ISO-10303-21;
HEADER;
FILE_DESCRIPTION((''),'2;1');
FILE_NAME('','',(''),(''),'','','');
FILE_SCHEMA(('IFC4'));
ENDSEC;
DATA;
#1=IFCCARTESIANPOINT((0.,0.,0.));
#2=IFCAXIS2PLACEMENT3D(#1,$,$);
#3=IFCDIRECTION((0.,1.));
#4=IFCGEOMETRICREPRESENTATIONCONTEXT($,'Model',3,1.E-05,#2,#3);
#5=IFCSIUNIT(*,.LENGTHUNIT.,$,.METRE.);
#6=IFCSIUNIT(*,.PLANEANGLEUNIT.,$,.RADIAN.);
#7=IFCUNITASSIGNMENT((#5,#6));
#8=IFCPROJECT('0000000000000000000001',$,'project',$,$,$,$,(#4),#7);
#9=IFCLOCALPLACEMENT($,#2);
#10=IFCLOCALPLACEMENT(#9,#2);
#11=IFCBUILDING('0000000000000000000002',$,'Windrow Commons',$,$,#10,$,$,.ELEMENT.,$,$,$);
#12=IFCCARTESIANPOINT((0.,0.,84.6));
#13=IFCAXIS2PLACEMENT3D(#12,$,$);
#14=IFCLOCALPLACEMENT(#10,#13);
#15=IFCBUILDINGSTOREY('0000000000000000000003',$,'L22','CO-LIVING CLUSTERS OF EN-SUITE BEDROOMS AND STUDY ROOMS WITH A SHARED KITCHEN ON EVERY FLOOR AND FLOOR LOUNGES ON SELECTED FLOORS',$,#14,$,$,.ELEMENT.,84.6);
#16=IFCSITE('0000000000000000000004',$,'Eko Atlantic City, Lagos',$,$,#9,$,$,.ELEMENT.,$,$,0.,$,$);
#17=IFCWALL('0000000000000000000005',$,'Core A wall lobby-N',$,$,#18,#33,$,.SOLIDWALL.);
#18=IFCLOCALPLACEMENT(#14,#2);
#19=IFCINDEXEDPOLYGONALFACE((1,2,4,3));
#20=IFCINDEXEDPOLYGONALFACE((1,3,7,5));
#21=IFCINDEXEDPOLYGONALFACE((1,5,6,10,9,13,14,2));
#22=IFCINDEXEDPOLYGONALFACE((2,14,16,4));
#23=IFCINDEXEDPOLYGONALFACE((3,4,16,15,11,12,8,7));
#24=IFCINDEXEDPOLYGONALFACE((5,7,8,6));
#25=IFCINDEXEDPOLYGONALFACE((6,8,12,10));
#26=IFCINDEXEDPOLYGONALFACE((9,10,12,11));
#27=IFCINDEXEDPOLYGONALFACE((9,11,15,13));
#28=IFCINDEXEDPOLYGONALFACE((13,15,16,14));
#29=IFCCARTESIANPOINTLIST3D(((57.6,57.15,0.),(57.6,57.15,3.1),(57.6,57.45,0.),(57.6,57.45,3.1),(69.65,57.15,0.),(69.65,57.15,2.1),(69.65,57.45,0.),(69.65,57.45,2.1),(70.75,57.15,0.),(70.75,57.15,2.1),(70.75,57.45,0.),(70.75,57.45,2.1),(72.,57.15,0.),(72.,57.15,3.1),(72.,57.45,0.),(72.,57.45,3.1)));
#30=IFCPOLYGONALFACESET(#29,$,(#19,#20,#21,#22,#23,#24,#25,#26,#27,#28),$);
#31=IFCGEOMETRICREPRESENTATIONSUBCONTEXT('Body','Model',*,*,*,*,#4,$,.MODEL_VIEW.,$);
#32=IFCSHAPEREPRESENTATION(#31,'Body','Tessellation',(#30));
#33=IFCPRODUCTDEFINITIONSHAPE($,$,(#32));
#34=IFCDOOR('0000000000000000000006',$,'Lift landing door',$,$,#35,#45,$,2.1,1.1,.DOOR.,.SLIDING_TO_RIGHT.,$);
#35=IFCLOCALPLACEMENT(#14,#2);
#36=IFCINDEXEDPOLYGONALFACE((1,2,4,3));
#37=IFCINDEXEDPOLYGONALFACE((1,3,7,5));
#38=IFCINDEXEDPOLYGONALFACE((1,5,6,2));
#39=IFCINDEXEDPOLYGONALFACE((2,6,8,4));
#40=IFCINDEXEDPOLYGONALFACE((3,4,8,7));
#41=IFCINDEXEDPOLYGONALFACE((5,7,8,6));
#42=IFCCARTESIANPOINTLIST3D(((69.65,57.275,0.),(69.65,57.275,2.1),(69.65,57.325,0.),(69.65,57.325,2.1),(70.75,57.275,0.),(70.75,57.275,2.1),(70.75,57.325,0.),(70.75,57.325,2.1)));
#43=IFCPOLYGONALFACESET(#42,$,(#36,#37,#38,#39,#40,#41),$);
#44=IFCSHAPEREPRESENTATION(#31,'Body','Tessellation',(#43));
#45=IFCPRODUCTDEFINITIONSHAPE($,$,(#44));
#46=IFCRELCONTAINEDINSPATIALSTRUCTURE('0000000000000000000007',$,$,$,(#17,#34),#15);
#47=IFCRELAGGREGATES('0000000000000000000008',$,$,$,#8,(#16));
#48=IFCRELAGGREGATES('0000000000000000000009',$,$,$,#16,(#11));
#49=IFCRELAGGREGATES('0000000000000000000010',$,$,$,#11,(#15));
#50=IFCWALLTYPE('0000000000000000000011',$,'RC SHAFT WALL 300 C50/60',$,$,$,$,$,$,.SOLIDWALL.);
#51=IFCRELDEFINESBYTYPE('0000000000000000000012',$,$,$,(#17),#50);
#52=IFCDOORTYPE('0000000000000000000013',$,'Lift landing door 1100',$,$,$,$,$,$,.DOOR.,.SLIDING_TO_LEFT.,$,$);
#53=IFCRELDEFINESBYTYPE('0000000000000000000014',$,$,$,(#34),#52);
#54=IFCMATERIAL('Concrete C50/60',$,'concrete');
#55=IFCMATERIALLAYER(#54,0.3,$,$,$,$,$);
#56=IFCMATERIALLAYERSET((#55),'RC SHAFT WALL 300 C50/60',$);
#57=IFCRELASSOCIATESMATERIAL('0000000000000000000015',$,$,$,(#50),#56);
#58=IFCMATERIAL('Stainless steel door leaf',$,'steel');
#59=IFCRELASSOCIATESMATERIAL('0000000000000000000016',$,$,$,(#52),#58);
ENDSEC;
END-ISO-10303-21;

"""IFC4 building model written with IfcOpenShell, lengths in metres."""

from ifc_helpers import new_model, si_unit, direction, frame, frame_2d, origin, place, context, subcontext, project, spatial, rectangle, extrude, material, layer, layer_set, type_object, element, fill, save


model = new_model("IFC4")

# Units and contexts
model_context = context("Model", 3, precision=1e-05, world=origin(), true_north=direction((0.0, 1.0)))
body_context = subcontext(model_context, "Body", "Model", "MODEL_VIEW")
ifc_project = project(units=[si_unit("LENGTHUNIT", "METRE"), si_unit("PLANEANGLEUNIT", "RADIAN")], contexts=[model_context])

# Site, building, storey
site_placement = place(None, origin())
site = spatial("IfcSite", under=ifc_project, at=site_placement, Name="Eko Atlantic City, Lagos", CompositionType="ELEMENT", RefElevation=0.0)
building_placement = place(site_placement, origin())
building = spatial("IfcBuilding", under=site, at=building_placement, Name="Windrow Commons", CompositionType="ELEMENT")
storey_placement = place(building_placement, frame((0.0, 0.0, 84.6)))
storey = spatial("IfcBuildingStorey", under=building, at=storey_placement, Name="L22", Description="CO-LIVING CLUSTERS OF EN-SUITE BEDROOMS AND STUDY ROOMS WITH A SHARED KITCHEN ON EVERY FLOOR AND FLOOR LOUNGES ON SELECTED FLOORS", CompositionType="ELEMENT", Elevation=84.6)

# Shared definitions
ifc_material_1 = material(Name="Concrete C50/60", Category="concrete")
ifc_layer_1 = layer(ifc_material_1, 0.3)
ifc_layer_set_1 = layer_set([ifc_layer_1], Name="RC SHAFT WALL 300 C50/60")
wall_type_1 = type_object("IfcWallType", Name="RC SHAFT WALL 300 C50/60", PredefinedType="SOLIDWALL", material=ifc_layer_set_1)
ifc_material_2 = material(Name="Stainless steel door leaf", Category="steel")
door_type_1 = type_object("IfcDoorType", Name="Lift landing door 1100", OperationType="SLIDING_TO_LEFT", PredefinedType="DOOR", material=ifc_material_2)

# Wall, opening, door
wall_1_placement = place(storey_placement, frame((57.6, 57.3, 0.0), z_axis=(0.0, 0.0, 1.0), x_axis=(1.0, 0.0, 0.0)))
wall_1 = element("IfcWall", 1, at=wall_1_placement, inside=storey, type_object=wall_type_1, Name="Core A wall lobby-N", PredefinedType="SOLIDWALL", context=body_context, shape_type="SweptSolid", body=[
    extrude(rectangle(XDim=14.4, YDim=0.3, at=frame_2d((7.2, 0.0))), origin(), (0.0, 0.0, 1.0), 3.1),
])
opening_1_placement = place(wall_1_placement, frame((12.05, 0.0, 0.0)))
opening_1 = element("IfcOpeningElement", 2, at=opening_1_placement, cuts=wall_1, PredefinedType="OPENING", context=body_context, shape_type="SweptSolid", body=[
    extrude(rectangle(XDim=1.1, YDim=2.1, at=frame_2d((0.55, 1.05))), frame((0.0, 0.16, 0.0), z_axis=(0.0, -1.0, 0.0), x_axis=(1.0, 0.0, 0.0)), (0.0, 0.0, 1.0), 0.32),
])
door_1_placement = place(opening_1_placement, origin())
door_1 = element("IfcDoor", 3, at=door_1_placement, inside=storey, type_object=door_type_1, Name="Lift landing door", OperationType="SLIDING_TO_RIGHT", OverallHeight=2.1, OverallWidth=1.1, PredefinedType="DOOR", context=body_context, shape_type="SweptSolid", body=[
    extrude(rectangle(XDim=1.1, YDim=2.1, at=frame_2d((0.55, 1.05))), frame((0.0, 0.025, 0.0), z_axis=(0.0, -1.0, 0.0), x_axis=(1.0, 0.0, 0.0)), (0.0, 0.0, 1.0), 0.05),
])
fill(opening_1, door_1)

save(model, "model.ifc")
